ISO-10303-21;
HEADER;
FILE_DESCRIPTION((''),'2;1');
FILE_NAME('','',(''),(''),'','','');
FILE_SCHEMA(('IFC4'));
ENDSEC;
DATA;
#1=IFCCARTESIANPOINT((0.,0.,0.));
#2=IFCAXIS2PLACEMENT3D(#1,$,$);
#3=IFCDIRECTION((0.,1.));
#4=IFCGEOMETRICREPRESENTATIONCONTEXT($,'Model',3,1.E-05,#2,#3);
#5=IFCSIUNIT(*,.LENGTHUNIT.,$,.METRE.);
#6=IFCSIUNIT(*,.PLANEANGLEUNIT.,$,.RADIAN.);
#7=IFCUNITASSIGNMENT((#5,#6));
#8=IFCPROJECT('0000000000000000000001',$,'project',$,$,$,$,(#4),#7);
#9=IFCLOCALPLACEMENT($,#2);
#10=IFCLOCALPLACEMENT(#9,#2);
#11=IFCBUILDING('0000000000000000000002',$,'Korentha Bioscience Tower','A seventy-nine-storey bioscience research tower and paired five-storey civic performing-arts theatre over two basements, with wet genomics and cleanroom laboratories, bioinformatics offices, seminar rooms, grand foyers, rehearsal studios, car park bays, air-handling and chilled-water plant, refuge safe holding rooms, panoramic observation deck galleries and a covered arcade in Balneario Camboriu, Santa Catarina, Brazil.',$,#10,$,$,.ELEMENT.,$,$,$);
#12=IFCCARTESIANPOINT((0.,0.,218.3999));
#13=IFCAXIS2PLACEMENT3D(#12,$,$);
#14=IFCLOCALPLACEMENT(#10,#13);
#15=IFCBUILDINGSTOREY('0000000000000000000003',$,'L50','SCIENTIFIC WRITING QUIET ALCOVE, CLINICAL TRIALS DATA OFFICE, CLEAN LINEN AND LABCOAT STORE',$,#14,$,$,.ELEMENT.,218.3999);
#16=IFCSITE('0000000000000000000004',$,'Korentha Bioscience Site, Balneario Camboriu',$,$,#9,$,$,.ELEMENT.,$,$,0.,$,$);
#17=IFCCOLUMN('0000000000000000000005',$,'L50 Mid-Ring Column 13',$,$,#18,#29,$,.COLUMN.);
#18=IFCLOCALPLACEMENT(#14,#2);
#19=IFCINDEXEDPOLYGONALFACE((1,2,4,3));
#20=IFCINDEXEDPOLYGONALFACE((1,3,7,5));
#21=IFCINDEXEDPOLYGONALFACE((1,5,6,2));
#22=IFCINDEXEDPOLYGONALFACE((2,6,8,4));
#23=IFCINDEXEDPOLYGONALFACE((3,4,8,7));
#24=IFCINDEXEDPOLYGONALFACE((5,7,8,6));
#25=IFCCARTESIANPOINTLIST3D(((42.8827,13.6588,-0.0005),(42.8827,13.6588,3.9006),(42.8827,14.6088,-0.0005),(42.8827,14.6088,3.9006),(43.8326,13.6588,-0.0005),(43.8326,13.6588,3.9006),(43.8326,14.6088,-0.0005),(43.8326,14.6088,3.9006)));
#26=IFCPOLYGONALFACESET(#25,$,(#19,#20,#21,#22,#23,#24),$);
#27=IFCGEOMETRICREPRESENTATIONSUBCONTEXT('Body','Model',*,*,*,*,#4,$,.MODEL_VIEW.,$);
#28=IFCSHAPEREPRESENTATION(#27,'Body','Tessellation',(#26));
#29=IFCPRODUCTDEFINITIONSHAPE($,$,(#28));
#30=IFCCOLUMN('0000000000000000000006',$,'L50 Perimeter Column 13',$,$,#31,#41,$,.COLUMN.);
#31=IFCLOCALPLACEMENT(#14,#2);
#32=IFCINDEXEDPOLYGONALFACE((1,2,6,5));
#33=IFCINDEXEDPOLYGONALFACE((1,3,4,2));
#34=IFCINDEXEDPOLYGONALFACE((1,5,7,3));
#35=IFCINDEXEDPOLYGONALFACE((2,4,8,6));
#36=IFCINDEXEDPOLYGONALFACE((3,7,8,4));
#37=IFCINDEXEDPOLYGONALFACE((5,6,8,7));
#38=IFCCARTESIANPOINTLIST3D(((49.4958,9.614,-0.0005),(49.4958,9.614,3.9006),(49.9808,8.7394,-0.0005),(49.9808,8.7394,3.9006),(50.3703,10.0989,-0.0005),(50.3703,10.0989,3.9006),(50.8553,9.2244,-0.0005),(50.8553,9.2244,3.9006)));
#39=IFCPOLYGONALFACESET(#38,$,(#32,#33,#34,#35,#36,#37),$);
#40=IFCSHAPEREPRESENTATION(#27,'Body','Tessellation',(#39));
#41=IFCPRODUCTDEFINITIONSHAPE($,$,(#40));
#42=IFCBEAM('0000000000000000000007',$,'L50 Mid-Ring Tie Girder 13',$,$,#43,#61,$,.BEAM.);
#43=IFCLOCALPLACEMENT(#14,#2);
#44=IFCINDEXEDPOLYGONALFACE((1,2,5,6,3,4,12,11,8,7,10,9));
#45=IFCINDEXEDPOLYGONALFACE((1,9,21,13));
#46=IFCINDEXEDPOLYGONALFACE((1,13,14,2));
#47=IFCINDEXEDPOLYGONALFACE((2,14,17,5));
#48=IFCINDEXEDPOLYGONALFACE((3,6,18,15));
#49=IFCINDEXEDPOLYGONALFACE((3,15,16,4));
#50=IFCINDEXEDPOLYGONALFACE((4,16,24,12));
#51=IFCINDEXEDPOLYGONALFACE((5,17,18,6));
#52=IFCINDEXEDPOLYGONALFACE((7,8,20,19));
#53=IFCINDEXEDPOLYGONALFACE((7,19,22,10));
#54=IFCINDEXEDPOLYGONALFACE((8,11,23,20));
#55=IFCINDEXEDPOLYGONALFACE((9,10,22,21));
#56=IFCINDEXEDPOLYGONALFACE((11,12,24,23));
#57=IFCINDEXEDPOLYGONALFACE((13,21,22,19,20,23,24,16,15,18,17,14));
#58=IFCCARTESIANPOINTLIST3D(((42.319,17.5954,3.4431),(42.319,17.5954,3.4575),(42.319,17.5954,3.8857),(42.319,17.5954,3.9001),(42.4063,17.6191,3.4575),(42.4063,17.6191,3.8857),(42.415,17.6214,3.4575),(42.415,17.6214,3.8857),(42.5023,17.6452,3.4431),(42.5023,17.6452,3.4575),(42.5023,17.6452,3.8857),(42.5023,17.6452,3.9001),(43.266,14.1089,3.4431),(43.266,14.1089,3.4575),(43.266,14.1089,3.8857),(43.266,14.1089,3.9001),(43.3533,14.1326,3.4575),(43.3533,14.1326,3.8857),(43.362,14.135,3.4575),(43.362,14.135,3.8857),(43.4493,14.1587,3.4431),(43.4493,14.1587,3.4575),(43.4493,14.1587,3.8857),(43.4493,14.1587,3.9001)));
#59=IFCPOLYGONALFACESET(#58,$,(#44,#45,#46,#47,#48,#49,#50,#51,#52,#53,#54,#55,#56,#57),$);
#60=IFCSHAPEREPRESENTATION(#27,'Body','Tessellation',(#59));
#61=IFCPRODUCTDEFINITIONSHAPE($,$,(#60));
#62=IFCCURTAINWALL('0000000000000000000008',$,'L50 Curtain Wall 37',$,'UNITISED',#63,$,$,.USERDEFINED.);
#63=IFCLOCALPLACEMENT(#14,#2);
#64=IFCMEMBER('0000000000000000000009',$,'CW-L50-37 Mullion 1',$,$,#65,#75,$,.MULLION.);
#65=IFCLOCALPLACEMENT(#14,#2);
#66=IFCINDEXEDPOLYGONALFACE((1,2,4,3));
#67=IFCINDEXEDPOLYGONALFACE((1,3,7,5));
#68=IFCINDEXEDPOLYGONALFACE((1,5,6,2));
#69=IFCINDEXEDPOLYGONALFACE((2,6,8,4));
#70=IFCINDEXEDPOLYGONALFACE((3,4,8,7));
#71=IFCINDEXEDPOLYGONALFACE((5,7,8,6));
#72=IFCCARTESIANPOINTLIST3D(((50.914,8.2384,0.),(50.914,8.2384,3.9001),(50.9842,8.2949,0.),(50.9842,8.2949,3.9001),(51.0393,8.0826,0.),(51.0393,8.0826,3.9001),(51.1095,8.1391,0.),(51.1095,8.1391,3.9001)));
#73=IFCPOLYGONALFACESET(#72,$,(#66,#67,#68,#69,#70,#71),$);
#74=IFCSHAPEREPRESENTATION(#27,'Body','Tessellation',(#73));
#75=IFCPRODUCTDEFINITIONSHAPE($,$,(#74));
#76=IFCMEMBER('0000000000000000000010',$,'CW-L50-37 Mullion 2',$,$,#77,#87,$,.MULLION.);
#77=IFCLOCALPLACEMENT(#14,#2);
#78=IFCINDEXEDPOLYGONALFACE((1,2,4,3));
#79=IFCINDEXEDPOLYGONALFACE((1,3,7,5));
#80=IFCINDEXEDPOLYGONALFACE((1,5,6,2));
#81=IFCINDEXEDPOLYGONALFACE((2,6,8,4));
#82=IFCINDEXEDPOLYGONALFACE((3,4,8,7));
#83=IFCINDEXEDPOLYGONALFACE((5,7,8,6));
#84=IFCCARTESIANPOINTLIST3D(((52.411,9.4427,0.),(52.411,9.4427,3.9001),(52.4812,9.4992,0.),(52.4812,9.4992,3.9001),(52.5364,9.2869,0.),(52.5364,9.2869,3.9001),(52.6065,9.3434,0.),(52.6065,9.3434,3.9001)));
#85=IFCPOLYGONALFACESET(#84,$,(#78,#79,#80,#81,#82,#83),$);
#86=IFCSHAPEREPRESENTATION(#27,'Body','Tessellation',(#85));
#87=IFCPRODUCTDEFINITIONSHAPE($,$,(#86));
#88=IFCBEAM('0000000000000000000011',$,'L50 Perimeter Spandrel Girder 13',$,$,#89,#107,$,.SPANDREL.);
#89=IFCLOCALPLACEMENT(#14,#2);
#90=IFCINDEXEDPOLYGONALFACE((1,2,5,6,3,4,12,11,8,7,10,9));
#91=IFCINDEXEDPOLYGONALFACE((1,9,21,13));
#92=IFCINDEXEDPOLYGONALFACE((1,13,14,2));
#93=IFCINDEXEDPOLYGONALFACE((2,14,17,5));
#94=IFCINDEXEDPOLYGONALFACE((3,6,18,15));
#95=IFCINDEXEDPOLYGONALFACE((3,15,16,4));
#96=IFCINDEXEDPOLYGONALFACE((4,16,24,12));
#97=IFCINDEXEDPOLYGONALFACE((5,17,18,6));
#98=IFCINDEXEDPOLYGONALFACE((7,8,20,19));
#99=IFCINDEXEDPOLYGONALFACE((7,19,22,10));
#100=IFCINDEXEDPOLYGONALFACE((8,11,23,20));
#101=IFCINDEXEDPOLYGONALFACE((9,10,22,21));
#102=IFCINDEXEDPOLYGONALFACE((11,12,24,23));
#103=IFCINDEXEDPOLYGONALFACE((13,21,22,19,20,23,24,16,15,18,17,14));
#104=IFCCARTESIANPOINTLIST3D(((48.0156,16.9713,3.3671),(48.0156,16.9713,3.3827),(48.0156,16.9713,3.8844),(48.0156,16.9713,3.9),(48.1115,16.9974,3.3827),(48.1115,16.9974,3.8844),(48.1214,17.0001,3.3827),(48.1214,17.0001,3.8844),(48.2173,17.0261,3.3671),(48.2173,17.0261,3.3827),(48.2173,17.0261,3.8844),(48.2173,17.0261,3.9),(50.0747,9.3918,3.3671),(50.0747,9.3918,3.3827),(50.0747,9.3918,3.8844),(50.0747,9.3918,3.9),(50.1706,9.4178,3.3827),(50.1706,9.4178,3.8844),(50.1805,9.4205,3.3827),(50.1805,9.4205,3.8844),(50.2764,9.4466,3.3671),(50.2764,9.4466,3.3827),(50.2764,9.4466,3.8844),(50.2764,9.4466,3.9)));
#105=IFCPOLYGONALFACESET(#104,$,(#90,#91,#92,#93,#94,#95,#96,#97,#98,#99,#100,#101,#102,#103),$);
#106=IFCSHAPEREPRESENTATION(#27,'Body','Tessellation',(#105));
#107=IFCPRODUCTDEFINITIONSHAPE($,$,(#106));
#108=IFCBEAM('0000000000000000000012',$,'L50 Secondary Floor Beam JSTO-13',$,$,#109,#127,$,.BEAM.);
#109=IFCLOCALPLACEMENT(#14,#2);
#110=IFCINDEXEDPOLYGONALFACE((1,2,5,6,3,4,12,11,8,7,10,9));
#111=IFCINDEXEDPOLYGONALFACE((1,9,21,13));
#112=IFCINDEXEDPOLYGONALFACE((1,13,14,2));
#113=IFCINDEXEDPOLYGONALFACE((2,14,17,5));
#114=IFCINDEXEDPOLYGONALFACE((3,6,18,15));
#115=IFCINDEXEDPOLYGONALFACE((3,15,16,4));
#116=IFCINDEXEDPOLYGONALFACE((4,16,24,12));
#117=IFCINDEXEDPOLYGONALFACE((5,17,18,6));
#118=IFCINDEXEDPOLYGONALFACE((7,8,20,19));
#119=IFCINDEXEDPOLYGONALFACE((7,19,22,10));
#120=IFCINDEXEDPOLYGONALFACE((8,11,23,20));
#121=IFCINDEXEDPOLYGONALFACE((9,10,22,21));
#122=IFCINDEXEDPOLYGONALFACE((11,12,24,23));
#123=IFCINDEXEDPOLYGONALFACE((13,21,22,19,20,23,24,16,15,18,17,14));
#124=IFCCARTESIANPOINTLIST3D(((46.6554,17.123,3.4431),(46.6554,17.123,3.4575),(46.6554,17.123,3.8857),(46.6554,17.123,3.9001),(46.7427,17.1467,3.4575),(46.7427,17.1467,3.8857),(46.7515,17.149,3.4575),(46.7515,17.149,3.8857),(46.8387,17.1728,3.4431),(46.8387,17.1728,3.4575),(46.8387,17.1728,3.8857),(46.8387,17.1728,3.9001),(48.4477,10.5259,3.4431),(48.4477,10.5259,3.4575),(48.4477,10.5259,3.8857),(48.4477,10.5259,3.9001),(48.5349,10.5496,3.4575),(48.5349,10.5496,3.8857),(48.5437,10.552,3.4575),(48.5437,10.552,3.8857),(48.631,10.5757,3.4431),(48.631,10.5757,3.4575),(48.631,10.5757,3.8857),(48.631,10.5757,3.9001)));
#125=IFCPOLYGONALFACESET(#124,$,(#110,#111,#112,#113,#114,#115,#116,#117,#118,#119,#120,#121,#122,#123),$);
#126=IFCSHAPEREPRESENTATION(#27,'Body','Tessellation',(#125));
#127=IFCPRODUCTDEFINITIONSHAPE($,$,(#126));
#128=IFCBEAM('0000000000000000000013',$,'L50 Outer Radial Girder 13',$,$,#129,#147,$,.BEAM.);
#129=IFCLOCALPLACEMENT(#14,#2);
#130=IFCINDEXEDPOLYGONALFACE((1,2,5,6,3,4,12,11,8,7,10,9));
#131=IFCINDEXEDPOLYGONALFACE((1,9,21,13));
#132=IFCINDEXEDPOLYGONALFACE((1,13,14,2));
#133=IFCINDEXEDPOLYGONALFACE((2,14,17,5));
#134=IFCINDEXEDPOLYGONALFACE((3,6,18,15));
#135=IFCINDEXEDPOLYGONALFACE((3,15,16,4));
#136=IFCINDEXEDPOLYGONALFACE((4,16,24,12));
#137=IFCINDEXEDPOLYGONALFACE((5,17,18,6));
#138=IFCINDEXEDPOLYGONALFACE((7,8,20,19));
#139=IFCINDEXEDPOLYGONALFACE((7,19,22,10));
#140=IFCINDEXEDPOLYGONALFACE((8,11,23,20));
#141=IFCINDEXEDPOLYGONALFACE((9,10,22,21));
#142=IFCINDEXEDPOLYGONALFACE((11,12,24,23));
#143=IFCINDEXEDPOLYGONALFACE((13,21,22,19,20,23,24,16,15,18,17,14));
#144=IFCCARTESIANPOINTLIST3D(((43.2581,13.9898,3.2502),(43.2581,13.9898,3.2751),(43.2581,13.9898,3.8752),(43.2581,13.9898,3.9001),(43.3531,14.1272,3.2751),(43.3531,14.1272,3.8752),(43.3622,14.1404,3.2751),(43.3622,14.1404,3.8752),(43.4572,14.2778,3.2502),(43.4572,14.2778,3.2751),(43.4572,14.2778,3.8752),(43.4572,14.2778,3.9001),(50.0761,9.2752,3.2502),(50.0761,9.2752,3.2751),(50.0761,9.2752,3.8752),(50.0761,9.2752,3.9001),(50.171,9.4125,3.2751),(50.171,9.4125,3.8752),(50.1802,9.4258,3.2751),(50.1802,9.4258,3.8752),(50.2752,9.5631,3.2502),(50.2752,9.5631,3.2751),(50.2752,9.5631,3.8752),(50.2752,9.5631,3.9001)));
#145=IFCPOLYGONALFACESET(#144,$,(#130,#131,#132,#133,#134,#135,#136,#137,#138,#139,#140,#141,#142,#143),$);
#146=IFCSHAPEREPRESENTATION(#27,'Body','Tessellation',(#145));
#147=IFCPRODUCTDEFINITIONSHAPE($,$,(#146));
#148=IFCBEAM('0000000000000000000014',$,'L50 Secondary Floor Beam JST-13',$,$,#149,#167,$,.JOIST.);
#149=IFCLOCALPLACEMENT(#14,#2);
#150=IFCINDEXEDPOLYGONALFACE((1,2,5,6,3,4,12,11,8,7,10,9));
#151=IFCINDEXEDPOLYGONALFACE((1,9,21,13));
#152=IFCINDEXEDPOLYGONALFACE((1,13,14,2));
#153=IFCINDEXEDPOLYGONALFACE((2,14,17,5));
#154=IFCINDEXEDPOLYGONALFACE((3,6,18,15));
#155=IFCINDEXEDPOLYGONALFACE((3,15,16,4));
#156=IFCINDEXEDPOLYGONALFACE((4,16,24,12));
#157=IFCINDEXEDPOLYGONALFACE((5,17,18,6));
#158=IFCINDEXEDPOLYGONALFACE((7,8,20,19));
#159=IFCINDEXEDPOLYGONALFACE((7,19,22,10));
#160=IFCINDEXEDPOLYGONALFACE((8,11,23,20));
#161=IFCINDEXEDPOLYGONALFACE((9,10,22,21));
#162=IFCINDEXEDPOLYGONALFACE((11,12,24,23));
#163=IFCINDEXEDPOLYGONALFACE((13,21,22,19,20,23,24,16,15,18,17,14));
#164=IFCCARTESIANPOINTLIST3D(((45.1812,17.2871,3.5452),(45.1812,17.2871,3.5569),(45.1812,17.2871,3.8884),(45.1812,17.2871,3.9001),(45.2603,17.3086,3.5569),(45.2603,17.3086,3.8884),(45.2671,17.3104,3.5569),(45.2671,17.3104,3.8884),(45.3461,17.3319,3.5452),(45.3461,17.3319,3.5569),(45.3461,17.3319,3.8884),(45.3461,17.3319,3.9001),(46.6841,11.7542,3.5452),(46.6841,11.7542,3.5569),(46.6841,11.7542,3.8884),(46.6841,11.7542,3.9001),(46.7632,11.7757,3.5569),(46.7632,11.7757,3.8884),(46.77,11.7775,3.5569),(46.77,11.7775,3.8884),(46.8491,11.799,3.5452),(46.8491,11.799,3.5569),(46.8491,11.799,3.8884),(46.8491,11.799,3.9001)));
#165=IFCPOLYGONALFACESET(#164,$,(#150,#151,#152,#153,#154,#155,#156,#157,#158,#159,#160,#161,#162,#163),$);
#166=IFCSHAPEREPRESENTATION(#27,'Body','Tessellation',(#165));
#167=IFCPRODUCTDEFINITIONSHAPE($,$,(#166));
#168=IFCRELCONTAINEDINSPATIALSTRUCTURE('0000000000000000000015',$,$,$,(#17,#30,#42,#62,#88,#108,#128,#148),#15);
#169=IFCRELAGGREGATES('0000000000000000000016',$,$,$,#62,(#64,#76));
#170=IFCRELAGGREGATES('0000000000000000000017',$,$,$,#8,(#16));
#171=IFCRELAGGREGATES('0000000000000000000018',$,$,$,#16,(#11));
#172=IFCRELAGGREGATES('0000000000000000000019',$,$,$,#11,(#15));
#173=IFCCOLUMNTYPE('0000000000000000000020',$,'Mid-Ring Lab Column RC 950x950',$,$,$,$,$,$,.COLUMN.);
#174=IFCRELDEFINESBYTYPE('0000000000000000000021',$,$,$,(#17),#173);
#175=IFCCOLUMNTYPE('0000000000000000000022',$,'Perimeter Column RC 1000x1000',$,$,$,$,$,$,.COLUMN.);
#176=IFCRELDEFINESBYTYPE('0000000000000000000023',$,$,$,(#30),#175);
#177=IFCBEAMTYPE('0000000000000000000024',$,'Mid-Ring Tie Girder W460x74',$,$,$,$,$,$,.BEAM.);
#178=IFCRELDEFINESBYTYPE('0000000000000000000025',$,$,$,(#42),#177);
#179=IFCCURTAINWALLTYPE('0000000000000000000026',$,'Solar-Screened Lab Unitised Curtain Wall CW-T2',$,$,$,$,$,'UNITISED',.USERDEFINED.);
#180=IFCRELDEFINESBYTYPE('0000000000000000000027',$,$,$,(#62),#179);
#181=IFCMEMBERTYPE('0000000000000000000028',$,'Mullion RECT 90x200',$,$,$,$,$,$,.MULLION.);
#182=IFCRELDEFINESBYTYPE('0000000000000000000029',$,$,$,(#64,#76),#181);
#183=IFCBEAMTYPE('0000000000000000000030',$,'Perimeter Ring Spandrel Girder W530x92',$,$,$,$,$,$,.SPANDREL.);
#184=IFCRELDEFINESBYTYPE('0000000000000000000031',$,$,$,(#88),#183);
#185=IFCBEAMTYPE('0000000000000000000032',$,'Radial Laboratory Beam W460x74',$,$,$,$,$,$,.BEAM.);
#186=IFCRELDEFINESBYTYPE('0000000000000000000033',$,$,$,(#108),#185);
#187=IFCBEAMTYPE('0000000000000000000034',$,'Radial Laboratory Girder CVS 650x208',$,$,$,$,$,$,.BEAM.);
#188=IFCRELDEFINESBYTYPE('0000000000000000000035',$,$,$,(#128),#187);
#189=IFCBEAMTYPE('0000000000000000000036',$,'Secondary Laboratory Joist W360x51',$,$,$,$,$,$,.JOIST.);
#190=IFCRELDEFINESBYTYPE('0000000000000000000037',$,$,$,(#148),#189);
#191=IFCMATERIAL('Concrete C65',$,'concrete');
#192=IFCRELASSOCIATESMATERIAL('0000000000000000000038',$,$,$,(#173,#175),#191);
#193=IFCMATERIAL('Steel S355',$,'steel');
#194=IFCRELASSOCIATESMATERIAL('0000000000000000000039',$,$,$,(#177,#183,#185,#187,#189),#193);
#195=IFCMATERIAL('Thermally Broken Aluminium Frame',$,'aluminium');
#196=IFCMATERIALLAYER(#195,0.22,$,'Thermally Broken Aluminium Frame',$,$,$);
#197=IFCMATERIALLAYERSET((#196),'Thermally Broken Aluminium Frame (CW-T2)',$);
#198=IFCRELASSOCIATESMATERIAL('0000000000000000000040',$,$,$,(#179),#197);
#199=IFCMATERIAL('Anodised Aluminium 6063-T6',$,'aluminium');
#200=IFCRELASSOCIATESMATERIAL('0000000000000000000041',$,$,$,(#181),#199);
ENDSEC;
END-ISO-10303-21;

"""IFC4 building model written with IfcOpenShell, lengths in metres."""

from ifc_helpers import new_model, si_unit, direction, frame, origin, origin_2d, place, context, subcontext, project, spatial, rectangle, i_section, extrude, material, layer, layer_set, material_profile, profile_set, type_object, element, aggregate, save


model = new_model("IFC4")

# Units and contexts
model_context = context("Model", 3, precision=1e-05, world=origin(), true_north=direction((0.0, 1.0)))
body_context = subcontext(model_context, "Body", "Model", "MODEL_VIEW")
ifc_project = project(units=[si_unit("LENGTHUNIT", "METRE"), si_unit("PLANEANGLEUNIT", "RADIAN")], contexts=[model_context])

# Site, building, storey
site_placement = place(None, origin())
site = spatial("IfcSite", under=ifc_project, at=site_placement, Name="Korentha Bioscience Site, Balneario Camboriu", CompositionType="ELEMENT", RefElevation=0.0)
building_placement = place(site_placement, origin())
building = spatial("IfcBuilding", under=site, at=building_placement, Name="Korentha Bioscience Tower", Description="A seventy-nine-storey bioscience research tower and paired five-storey civic performing-arts theatre over two basements, with wet genomics and cleanroom laboratories, bioinformatics offices, seminar rooms, grand foyers, rehearsal studios, car park bays, air-handling and chilled-water plant, refuge safe holding rooms, panoramic observation deck galleries and a covered arcade in Balneario Camboriu, Santa Catarina, Brazil.", CompositionType="ELEMENT")
storey_placement = place(building_placement, frame((0.0, 0.0, 218.3999)))
storey = spatial("IfcBuildingStorey", under=building, at=storey_placement, Name="L50", Description="SCIENTIFIC WRITING QUIET ALCOVE, CLINICAL TRIALS DATA OFFICE, CLEAN LINEN AND LABCOAT STORE", CompositionType="ELEMENT", Elevation=218.3999)

# Columns
ifc_material_1 = material(Name="Concrete C65", Category="concrete")
ifc_material_profile_1 = material_profile(ifc_material_1, rectangle(XDim=0.95, YDim=0.95, at=origin_2d()), Name="Concrete C65")
ifc_profile_set_1 = profile_set([ifc_material_profile_1], Name="Concrete C65 (COL-MR09)")
column_type_1 = type_object("IfcColumnType", Name="Mid-Ring Lab Column RC 950x950", PredefinedType="COLUMN", material=ifc_profile_set_1)
column_1_placement = place(storey_placement, frame((43.3577, 14.1338, -0.0005), z_axis=(0.0, 0.0, 1.0), x_axis=(1.0, 0.0, 0.0)))
element("IfcColumn", 1, at=column_1_placement, inside=storey, type_object=column_type_1, Name="L50 Mid-Ring Column 13", PredefinedType="COLUMN", context=body_context, shape_type="SweptSolid", body=[
    extrude(rectangle(XDim=0.95, YDim=0.95, at=origin_2d()), origin(), (0.0, 0.0, 1.0), 3.9011),
])
ifc_material_profile_2 = material_profile(ifc_material_1, rectangle(XDim=1.0, YDim=1.0, at=origin_2d()), Name="Concrete C65")
ifc_profile_set_2 = profile_set([ifc_material_profile_2], Name="Concrete C65 (COL-P10)")
column_type_2 = type_object("IfcColumnType", Name="Perimeter Column RC 1000x1000", PredefinedType="COLUMN", material=ifc_profile_set_2)
column_2_placement = place(storey_placement, frame((50.1755, 9.4192, -0.0005), z_axis=(0.0, 0.0, 1.0), x_axis=(0.874535, 0.484962, 0.0)))
element("IfcColumn", 2, at=column_2_placement, inside=storey, type_object=column_type_2, Name="L50 Perimeter Column 13", PredefinedType="COLUMN", context=body_context, shape_type="SweptSolid", body=[
    extrude(rectangle(XDim=1.0, YDim=1.0, at=origin_2d()), origin(), (0.0, 0.0, 1.0), 3.9011),
])

# Beam
ifc_material_2 = material(Name="Steel S355", Category="steel")
ifc_material_profile_3 = material_profile(ifc_material_2, i_section(OverallWidth=0.1899, OverallDepth=0.457, WebThickness=0.009, FlangeThickness=0.0144, at=origin_2d()), Name="Steel S355")
ifc_profile_set_3 = profile_set([ifc_material_profile_3], Name="Steel S355 (MB-460)")
beam_type_1 = type_object("IfcBeamType", Name="Mid-Ring Tie Girder W460x74", PredefinedType="BEAM", material=ifc_profile_set_3)
beam_1_placement = place(storey_placement, frame((43.3577, 14.1338, 3.6716), z_axis=(-0.262122, 0.965035, 0.0), x_axis=(-0.965035, -0.262122, 0.0)))
element("IfcBeam", 3, at=beam_1_placement, inside=storey, type_object=beam_type_1, Name="L50 Mid-Ring Tie Girder 13", PredefinedType="BEAM", context=body_context, shape_type="SweptSolid", body=[
    extrude(i_section(OverallWidth=0.1899, OverallDepth=0.457, WebThickness=0.009, FlangeThickness=0.0144, at=origin_2d()), origin(), (0.0, 0.0, 1.0), 3.6128),
])

# Curtain wall, members
ifc_material_3 = material(Name="Thermally Broken Aluminium Frame", Category="aluminium")
ifc_layer_1 = layer(ifc_material_3, 0.22, Name="Thermally Broken Aluminium Frame")
ifc_layer_set_1 = layer_set([ifc_layer_1], Name="Thermally Broken Aluminium Frame (CW-T2)")
curtain_wall_type = type_object("IfcCurtainWallType", Name="Solar-Screened Lab Unitised Curtain Wall CW-T2", ElementType="UNITISED", PredefinedType="USERDEFINED", material=ifc_layer_set_1)
curtain_wall_placement = place(storey_placement, origin())
curtain_wall = element("IfcCurtainWall", 4, at=curtain_wall_placement, inside=storey, type_object=curtain_wall_type, Name="L50 Curtain Wall 37", ObjectType="UNITISED", PredefinedType="USERDEFINED")
ifc_material_4 = material(Name="Anodised Aluminium 6063-T6", Category="aluminium")
ifc_material_profile_4 = material_profile(ifc_material_4, rectangle(XDim=0.0901, YDim=0.2, at=origin_2d()), Name="Anodised Aluminium 6063-T6")
ifc_profile_set_4 = profile_set([ifc_material_profile_4], Name="Anodised Aluminium 6063-T6 (CW-MUL)")
member_type_1 = type_object("IfcMemberType", Name="Mullion RECT 90x200", PredefinedType="MULLION", material=ifc_profile_set_4)
member_1_placement = place(storey_placement, frame((51.0117, 8.1887, 0.0), z_axis=(0.0, 0.0, 1.0), x_axis=(0.779198, 0.626778, 0.0)))
member_1 = element("IfcMember", 5, at=member_1_placement, type_object=member_type_1, Name="CW-L50-37 Mullion 1", PredefinedType="MULLION", context=body_context, shape_type="SweptSolid", body=[
    extrude(rectangle(XDim=0.0901, YDim=0.2, at=origin_2d()), origin(), (0.0, 0.0, 1.0), 3.9001),
])
member_2_placement = place(storey_placement, frame((52.5088, 9.3931, 0.0), z_axis=(0.0, 0.0, 1.0), x_axis=(0.779198, 0.626778, 0.0)))
member_2 = element("IfcMember", 6, at=member_2_placement, type_object=member_type_1, Name="CW-L50-37 Mullion 2", PredefinedType="MULLION", context=body_context, shape_type="SweptSolid", body=[
    extrude(rectangle(XDim=0.0901, YDim=0.2, at=origin_2d()), origin(), (0.0, 0.0, 1.0), 3.9001),
])

# Beams
ifc_material_profile_5 = material_profile(ifc_material_2, i_section(OverallWidth=0.209, OverallDepth=0.533, WebThickness=0.0103, FlangeThickness=0.0156, at=origin_2d()), Name="Steel S355")
ifc_profile_set_5 = profile_set([ifc_material_profile_5], Name="Steel S355 (SB-530)")
beam_type_2 = type_object("IfcBeamType", Name="Perimeter Ring Spandrel Girder W530x92", PredefinedType="SPANDREL", material=ifc_profile_set_5)
beam_2_placement = place(storey_placement, frame((50.1755, 9.4192, 3.6335), z_axis=(-0.26216, 0.965024, 0.0), x_axis=(-0.965024, -0.26216, 0.0)))
element("IfcBeam", 7, at=beam_2_placement, inside=storey, type_object=beam_type_2, Name="L50 Perimeter Spandrel Girder 13", PredefinedType="SPANDREL", context=body_context, shape_type="SweptSolid", body=[
    extrude(i_section(OverallWidth=0.209, OverallDepth=0.533, WebThickness=0.0103, FlangeThickness=0.0156, at=origin_2d()), origin(), (0.0, 0.0, 1.0), 7.8542),
])
ifc_material_profile_6 = material_profile(ifc_material_2, i_section(OverallWidth=0.1899, OverallDepth=0.457, WebThickness=0.009, FlangeThickness=0.0144, at=origin_2d()), Name="Steel S355")
ifc_profile_set_6 = profile_set([ifc_material_profile_6], Name="Steel S355 (RB-460)")
beam_type_3 = type_object("IfcBeamType", Name="Radial Laboratory Beam W460x74", PredefinedType="BEAM", material=ifc_profile_set_6)
beam_3_placement = place(storey_placement, frame((48.5393, 10.5508, 3.6716), z_axis=(-0.262165, 0.965023, 0.0), x_axis=(-0.965023, -0.262165, 0.0)))
element("IfcBeam", 8, at=beam_3_placement, inside=storey, type_object=beam_type_3, Name="L50 Secondary Floor Beam JSTO-13", PredefinedType="BEAM", context=body_context, shape_type="SweptSolid", body=[
    extrude(i_section(OverallWidth=0.1899, OverallDepth=0.457, WebThickness=0.009, FlangeThickness=0.0144, at=origin_2d()), origin(), (0.0, 0.0, 1.0), 6.8362),
])
ifc_material_profile_7 = material_profile(ifc_material_2, i_section(OverallWidth=0.3501, OverallDepth=0.6499, WebThickness=0.0161, FlangeThickness=0.0249, at=origin_2d()), Name="Steel S355")
ifc_profile_set_7 = profile_set([ifc_material_profile_7], Name="Steel S355 (RB-650)")
beam_type_4 = type_object("IfcBeamType", Name="Radial Laboratory Girder CVS 650x208", PredefinedType="BEAM", material=ifc_profile_set_7)
beam_4_placement = place(storey_placement, frame((43.3577, 14.1338, 3.5752), z_axis=(0.822501, -0.568764, 0.0), x_axis=(0.568764, 0.822501, 0.0)))
element("IfcBeam", 9, at=beam_4_placement, inside=storey, type_object=beam_type_4, Name="L50 Outer Radial Girder 13", PredefinedType="BEAM", context=body_context, shape_type="SweptSolid", body=[
    extrude(i_section(OverallWidth=0.3501, OverallDepth=0.6499, WebThickness=0.0161, FlangeThickness=0.0249, at=origin_2d()), origin(), (0.0, 0.0, 1.0), 8.2893),
])
ifc_material_profile_8 = material_profile(ifc_material_2, i_section(OverallWidth=0.1709, OverallDepth=0.355, WebThickness=0.0071, FlangeThickness=0.0117, at=origin_2d()), Name="Steel S355")
ifc_profile_set_8 = profile_set([ifc_material_profile_8], Name="Steel S355 (JB-360)")
beam_type_5 = type_object("IfcBeamType", Name="Secondary Laboratory Joist W360x51", PredefinedType="JOIST", material=ifc_profile_set_8)
beam_5_placement = place(storey_placement, frame((46.7666, 11.7766, 3.7227), z_axis=(-0.262134, 0.965032, 0.0), x_axis=(-0.965032, -0.262134, 0.0)))
element("IfcBeam", 10, at=beam_5_placement, inside=storey, type_object=beam_type_5, Name="L50 Secondary Floor Beam JST-13", PredefinedType="JOIST", context=body_context, shape_type="SweptSolid", body=[
    extrude(i_section(OverallWidth=0.1709, OverallDepth=0.355, WebThickness=0.0071, FlangeThickness=0.0117, at=origin_2d()), origin(), (0.0, 0.0, 1.0), 5.7334),
])

aggregate(curtain_wall, [member_1, member_2])

save(model, "model.ifc")
